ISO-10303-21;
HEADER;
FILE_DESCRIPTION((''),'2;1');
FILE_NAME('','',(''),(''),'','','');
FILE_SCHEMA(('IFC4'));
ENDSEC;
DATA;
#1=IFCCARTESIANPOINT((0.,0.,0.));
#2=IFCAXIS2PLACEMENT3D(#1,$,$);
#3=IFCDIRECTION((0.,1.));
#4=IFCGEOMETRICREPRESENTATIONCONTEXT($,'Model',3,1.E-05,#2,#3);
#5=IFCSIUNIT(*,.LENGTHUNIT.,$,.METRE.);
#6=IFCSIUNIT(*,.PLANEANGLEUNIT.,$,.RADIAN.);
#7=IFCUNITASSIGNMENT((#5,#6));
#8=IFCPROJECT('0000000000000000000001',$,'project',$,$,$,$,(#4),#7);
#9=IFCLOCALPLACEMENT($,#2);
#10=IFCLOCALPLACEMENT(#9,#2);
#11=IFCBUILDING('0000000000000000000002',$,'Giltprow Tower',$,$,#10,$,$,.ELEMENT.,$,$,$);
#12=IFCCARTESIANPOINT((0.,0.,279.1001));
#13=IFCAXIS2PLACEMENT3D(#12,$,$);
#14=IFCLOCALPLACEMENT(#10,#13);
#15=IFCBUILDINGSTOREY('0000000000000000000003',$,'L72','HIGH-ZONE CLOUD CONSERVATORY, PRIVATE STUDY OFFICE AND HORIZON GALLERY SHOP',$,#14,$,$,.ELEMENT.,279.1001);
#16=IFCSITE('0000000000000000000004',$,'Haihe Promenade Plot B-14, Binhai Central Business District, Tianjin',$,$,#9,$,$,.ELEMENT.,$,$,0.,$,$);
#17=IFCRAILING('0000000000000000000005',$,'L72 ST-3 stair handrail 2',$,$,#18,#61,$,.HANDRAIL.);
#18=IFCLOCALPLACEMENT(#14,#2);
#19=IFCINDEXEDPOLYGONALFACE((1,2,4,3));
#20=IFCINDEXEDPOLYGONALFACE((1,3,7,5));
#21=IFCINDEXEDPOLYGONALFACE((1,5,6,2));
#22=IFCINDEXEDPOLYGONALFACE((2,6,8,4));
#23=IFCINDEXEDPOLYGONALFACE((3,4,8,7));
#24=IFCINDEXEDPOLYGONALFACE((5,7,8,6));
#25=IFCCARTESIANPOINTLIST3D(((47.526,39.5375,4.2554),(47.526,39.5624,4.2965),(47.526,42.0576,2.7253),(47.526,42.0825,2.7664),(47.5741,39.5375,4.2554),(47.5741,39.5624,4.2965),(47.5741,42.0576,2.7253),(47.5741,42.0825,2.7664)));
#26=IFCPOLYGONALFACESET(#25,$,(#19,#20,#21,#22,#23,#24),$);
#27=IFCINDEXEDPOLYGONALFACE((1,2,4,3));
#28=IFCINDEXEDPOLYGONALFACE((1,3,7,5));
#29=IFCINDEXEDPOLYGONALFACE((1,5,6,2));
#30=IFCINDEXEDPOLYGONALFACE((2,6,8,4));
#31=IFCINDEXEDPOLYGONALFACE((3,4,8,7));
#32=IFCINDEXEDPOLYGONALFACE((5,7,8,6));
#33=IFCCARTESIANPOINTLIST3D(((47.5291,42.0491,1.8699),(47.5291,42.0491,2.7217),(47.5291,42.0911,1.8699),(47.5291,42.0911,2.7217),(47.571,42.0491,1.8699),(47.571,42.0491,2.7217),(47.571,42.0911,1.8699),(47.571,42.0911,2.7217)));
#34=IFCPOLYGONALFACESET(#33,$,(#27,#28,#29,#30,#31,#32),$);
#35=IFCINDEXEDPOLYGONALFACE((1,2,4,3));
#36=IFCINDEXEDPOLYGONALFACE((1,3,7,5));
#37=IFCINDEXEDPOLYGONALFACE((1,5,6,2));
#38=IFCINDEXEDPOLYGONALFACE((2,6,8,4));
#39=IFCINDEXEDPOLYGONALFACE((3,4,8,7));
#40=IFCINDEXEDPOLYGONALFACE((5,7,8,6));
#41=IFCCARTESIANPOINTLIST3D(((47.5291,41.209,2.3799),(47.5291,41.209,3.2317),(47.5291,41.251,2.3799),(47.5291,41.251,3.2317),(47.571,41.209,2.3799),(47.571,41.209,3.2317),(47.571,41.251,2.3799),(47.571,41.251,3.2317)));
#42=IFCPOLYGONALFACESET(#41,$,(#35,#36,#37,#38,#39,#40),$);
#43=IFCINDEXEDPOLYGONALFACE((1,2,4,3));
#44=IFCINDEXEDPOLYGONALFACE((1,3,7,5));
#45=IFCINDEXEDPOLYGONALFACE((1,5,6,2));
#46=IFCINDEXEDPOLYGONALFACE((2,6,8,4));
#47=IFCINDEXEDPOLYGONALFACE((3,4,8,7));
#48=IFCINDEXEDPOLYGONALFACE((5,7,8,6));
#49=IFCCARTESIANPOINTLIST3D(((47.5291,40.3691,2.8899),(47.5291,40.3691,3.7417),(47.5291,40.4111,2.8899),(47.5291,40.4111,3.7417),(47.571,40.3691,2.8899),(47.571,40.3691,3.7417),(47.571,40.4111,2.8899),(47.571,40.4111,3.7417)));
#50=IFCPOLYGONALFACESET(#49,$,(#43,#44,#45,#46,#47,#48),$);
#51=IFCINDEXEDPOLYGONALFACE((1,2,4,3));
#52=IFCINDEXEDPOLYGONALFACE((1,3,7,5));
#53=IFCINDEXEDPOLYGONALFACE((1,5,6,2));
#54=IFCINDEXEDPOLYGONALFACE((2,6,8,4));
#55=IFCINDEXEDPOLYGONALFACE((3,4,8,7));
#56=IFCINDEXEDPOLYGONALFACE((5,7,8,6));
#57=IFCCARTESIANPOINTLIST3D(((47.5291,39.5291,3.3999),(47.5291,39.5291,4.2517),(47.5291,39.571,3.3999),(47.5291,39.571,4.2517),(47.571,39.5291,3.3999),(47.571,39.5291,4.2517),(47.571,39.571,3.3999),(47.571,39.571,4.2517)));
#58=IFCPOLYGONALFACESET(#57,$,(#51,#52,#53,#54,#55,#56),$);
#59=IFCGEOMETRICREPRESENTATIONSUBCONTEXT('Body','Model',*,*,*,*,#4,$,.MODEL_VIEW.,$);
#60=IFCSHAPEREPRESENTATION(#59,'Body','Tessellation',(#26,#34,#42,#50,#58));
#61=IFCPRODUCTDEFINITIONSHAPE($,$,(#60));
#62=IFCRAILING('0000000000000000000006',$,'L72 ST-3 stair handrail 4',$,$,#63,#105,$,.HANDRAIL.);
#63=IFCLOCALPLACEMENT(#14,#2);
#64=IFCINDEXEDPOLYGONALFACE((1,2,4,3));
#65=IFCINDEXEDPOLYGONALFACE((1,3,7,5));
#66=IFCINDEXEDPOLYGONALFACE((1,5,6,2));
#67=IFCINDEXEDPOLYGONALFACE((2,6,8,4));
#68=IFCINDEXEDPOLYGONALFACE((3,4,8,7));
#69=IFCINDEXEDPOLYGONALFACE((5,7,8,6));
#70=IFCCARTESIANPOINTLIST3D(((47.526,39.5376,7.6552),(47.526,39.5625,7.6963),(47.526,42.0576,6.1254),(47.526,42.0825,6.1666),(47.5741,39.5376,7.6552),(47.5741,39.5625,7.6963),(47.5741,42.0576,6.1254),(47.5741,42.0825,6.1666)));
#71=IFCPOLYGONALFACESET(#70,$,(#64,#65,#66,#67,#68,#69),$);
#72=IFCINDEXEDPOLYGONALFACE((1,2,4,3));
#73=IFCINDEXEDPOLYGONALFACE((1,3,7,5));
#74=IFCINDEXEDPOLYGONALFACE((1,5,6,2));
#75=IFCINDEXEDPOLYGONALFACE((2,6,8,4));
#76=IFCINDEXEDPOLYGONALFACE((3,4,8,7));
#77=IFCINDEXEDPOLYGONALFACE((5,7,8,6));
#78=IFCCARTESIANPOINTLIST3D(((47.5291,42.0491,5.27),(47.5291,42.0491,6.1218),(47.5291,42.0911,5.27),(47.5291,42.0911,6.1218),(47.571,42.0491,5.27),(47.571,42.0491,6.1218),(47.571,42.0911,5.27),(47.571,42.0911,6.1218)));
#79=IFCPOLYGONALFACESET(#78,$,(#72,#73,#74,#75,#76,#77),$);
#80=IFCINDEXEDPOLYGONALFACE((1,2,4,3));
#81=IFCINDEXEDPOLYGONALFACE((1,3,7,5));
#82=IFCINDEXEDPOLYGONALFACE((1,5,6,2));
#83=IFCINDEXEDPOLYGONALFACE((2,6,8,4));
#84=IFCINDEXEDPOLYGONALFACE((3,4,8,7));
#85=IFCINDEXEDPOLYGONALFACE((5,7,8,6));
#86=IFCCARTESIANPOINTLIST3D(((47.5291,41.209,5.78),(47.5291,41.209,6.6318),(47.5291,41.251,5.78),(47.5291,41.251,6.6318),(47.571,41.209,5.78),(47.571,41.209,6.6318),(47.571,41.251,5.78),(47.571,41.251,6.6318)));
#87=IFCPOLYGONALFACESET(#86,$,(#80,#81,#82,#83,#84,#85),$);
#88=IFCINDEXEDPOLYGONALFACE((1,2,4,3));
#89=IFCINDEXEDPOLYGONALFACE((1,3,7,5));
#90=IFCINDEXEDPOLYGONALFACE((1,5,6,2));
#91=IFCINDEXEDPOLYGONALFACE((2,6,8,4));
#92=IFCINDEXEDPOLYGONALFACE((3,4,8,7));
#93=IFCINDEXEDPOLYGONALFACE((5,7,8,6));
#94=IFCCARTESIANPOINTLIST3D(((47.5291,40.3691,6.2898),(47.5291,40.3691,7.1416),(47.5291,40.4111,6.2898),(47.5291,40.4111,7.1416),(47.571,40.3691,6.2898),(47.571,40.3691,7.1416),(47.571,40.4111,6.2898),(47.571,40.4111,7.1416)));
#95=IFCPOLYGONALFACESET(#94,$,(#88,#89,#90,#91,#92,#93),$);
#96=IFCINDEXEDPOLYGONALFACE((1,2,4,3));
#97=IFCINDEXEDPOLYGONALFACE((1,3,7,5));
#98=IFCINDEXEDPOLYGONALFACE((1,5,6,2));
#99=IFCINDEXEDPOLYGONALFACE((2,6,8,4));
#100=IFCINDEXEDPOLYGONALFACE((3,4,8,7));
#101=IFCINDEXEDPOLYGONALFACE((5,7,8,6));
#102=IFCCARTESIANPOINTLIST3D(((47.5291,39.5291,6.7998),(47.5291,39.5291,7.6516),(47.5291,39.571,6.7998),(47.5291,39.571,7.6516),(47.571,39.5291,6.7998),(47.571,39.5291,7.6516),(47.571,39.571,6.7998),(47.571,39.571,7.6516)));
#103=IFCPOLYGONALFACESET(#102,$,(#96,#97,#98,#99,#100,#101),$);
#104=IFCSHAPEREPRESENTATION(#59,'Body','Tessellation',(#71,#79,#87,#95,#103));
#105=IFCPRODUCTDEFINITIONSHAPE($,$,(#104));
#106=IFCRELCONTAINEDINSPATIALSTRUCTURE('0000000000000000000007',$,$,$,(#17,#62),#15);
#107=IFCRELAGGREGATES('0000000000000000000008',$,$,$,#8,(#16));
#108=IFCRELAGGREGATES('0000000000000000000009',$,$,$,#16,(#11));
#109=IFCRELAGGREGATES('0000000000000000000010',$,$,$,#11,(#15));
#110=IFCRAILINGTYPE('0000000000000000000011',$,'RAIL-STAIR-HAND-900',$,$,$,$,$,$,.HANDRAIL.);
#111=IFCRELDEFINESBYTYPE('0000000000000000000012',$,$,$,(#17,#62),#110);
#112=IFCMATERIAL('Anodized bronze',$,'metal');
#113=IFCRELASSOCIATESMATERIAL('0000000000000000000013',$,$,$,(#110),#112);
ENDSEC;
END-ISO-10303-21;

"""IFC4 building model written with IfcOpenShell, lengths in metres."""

from ifc_helpers import new_model, si_unit, direction, frame, origin, origin_2d, place, context, subcontext, project, spatial, rectangle, extrude, material, type_object, element, save


model = new_model("IFC4")

# Units and contexts
model_context = context("Model", 3, precision=1e-05, world=origin(), true_north=direction((0.0, 1.0)))
body_context = subcontext(model_context, "Body", "Model", "MODEL_VIEW")
ifc_project = project(units=[si_unit("LENGTHUNIT", "METRE"), si_unit("PLANEANGLEUNIT", "RADIAN")], contexts=[model_context])

# Site, building, storey
site_placement = place(None, origin())
site = spatial("IfcSite", under=ifc_project, at=site_placement, Name="Haihe Promenade Plot B-14, Binhai Central Business District, Tianjin", CompositionType="ELEMENT", RefElevation=0.0)
building_placement = place(site_placement, origin())
building = spatial("IfcBuilding", under=site, at=building_placement, Name="Giltprow Tower", CompositionType="ELEMENT")
storey_placement = place(building_placement, frame((0.0, 0.0, 279.1001)))
storey = spatial("IfcBuildingStorey", under=building, at=storey_placement, Name="L72", Description="HIGH-ZONE CLOUD CONSERVATORY, PRIVATE STUDY OFFICE AND HORIZON GALLERY SHOP", CompositionType="ELEMENT", Elevation=279.1001)

# Railings
ifc_material_1 = material(Name="Anodized bronze", Category="metal")
railing_type_1 = type_object("IfcRailingType", Name="RAIL-STAIR-HAND-900", PredefinedType="HANDRAIL", material=ifc_material_1)
railing_1_placement = place(storey_placement, frame((47.55, 42.0701, 1.8699)))
element("IfcRailing", 1, at=railing_1_placement, inside=storey, type_object=railing_type_1, Name="L72 ST-3 stair handrail 2", PredefinedType="HANDRAIL", context=body_context, shape_type="SweptSolid", body=[
    extrude(rectangle(XDim=0.0481, YDim=0.0481, at=origin_2d()), frame((0.0, 0.0, 0.876), z_axis=(0.0, -0.854785, 0.518982), x_axis=(1.0, 0.0, 0.0)), (0.0, 0.0, 1.0), 2.9482),
    extrude(rectangle(XDim=0.042, YDim=0.042, at=origin_2d()), origin(), (0.0, 0.0, 1.0), 0.8518),
    extrude(rectangle(XDim=0.042, YDim=0.042, at=origin_2d()), frame((0.0, -0.8401, 0.51)), (0.0, 0.0, 1.0), 0.8518),
    extrude(rectangle(XDim=0.042, YDim=0.042, at=origin_2d()), frame((0.0, -1.6799, 1.02)), (0.0, 0.0, 1.0), 0.8518),
    extrude(rectangle(XDim=0.042, YDim=0.042, at=origin_2d()), frame((0.0, -2.52, 1.53)), (0.0, 0.0, 1.0), 0.8518),
])
railing_2_placement = place(storey_placement, frame((47.55, 42.0701, 5.27)))
element("IfcRailing", 2, at=railing_2_placement, inside=storey, type_object=railing_type_1, Name="L72 ST-3 stair handrail 4", PredefinedType="HANDRAIL", context=body_context, shape_type="SweptSolid", body=[
    extrude(rectangle(XDim=0.0481, YDim=0.0481, at=origin_2d()), frame((0.0, 0.0, 0.876), z_axis=(0.0, -0.854822, 0.518922), x_axis=(1.0, 0.0, 0.0)), (0.0, 0.0, 1.0), 2.948),
    extrude(rectangle(XDim=0.042, YDim=0.042, at=origin_2d()), origin(), (0.0, 0.0, 1.0), 0.8518),
    extrude(rectangle(XDim=0.042, YDim=0.042, at=origin_2d()), frame((0.0, -0.8401, 0.51)), (0.0, 0.0, 1.0), 0.8518),
    extrude(rectangle(XDim=0.042, YDim=0.042, at=origin_2d()), frame((0.0, -1.6799, 1.0198)), (0.0, 0.0, 1.0), 0.8518),
    extrude(rectangle(XDim=0.042, YDim=0.042, at=origin_2d()), frame((0.0, -2.52, 1.5298)), (0.0, 0.0, 1.0), 0.8518),
])

save(model, "model.ifc")
